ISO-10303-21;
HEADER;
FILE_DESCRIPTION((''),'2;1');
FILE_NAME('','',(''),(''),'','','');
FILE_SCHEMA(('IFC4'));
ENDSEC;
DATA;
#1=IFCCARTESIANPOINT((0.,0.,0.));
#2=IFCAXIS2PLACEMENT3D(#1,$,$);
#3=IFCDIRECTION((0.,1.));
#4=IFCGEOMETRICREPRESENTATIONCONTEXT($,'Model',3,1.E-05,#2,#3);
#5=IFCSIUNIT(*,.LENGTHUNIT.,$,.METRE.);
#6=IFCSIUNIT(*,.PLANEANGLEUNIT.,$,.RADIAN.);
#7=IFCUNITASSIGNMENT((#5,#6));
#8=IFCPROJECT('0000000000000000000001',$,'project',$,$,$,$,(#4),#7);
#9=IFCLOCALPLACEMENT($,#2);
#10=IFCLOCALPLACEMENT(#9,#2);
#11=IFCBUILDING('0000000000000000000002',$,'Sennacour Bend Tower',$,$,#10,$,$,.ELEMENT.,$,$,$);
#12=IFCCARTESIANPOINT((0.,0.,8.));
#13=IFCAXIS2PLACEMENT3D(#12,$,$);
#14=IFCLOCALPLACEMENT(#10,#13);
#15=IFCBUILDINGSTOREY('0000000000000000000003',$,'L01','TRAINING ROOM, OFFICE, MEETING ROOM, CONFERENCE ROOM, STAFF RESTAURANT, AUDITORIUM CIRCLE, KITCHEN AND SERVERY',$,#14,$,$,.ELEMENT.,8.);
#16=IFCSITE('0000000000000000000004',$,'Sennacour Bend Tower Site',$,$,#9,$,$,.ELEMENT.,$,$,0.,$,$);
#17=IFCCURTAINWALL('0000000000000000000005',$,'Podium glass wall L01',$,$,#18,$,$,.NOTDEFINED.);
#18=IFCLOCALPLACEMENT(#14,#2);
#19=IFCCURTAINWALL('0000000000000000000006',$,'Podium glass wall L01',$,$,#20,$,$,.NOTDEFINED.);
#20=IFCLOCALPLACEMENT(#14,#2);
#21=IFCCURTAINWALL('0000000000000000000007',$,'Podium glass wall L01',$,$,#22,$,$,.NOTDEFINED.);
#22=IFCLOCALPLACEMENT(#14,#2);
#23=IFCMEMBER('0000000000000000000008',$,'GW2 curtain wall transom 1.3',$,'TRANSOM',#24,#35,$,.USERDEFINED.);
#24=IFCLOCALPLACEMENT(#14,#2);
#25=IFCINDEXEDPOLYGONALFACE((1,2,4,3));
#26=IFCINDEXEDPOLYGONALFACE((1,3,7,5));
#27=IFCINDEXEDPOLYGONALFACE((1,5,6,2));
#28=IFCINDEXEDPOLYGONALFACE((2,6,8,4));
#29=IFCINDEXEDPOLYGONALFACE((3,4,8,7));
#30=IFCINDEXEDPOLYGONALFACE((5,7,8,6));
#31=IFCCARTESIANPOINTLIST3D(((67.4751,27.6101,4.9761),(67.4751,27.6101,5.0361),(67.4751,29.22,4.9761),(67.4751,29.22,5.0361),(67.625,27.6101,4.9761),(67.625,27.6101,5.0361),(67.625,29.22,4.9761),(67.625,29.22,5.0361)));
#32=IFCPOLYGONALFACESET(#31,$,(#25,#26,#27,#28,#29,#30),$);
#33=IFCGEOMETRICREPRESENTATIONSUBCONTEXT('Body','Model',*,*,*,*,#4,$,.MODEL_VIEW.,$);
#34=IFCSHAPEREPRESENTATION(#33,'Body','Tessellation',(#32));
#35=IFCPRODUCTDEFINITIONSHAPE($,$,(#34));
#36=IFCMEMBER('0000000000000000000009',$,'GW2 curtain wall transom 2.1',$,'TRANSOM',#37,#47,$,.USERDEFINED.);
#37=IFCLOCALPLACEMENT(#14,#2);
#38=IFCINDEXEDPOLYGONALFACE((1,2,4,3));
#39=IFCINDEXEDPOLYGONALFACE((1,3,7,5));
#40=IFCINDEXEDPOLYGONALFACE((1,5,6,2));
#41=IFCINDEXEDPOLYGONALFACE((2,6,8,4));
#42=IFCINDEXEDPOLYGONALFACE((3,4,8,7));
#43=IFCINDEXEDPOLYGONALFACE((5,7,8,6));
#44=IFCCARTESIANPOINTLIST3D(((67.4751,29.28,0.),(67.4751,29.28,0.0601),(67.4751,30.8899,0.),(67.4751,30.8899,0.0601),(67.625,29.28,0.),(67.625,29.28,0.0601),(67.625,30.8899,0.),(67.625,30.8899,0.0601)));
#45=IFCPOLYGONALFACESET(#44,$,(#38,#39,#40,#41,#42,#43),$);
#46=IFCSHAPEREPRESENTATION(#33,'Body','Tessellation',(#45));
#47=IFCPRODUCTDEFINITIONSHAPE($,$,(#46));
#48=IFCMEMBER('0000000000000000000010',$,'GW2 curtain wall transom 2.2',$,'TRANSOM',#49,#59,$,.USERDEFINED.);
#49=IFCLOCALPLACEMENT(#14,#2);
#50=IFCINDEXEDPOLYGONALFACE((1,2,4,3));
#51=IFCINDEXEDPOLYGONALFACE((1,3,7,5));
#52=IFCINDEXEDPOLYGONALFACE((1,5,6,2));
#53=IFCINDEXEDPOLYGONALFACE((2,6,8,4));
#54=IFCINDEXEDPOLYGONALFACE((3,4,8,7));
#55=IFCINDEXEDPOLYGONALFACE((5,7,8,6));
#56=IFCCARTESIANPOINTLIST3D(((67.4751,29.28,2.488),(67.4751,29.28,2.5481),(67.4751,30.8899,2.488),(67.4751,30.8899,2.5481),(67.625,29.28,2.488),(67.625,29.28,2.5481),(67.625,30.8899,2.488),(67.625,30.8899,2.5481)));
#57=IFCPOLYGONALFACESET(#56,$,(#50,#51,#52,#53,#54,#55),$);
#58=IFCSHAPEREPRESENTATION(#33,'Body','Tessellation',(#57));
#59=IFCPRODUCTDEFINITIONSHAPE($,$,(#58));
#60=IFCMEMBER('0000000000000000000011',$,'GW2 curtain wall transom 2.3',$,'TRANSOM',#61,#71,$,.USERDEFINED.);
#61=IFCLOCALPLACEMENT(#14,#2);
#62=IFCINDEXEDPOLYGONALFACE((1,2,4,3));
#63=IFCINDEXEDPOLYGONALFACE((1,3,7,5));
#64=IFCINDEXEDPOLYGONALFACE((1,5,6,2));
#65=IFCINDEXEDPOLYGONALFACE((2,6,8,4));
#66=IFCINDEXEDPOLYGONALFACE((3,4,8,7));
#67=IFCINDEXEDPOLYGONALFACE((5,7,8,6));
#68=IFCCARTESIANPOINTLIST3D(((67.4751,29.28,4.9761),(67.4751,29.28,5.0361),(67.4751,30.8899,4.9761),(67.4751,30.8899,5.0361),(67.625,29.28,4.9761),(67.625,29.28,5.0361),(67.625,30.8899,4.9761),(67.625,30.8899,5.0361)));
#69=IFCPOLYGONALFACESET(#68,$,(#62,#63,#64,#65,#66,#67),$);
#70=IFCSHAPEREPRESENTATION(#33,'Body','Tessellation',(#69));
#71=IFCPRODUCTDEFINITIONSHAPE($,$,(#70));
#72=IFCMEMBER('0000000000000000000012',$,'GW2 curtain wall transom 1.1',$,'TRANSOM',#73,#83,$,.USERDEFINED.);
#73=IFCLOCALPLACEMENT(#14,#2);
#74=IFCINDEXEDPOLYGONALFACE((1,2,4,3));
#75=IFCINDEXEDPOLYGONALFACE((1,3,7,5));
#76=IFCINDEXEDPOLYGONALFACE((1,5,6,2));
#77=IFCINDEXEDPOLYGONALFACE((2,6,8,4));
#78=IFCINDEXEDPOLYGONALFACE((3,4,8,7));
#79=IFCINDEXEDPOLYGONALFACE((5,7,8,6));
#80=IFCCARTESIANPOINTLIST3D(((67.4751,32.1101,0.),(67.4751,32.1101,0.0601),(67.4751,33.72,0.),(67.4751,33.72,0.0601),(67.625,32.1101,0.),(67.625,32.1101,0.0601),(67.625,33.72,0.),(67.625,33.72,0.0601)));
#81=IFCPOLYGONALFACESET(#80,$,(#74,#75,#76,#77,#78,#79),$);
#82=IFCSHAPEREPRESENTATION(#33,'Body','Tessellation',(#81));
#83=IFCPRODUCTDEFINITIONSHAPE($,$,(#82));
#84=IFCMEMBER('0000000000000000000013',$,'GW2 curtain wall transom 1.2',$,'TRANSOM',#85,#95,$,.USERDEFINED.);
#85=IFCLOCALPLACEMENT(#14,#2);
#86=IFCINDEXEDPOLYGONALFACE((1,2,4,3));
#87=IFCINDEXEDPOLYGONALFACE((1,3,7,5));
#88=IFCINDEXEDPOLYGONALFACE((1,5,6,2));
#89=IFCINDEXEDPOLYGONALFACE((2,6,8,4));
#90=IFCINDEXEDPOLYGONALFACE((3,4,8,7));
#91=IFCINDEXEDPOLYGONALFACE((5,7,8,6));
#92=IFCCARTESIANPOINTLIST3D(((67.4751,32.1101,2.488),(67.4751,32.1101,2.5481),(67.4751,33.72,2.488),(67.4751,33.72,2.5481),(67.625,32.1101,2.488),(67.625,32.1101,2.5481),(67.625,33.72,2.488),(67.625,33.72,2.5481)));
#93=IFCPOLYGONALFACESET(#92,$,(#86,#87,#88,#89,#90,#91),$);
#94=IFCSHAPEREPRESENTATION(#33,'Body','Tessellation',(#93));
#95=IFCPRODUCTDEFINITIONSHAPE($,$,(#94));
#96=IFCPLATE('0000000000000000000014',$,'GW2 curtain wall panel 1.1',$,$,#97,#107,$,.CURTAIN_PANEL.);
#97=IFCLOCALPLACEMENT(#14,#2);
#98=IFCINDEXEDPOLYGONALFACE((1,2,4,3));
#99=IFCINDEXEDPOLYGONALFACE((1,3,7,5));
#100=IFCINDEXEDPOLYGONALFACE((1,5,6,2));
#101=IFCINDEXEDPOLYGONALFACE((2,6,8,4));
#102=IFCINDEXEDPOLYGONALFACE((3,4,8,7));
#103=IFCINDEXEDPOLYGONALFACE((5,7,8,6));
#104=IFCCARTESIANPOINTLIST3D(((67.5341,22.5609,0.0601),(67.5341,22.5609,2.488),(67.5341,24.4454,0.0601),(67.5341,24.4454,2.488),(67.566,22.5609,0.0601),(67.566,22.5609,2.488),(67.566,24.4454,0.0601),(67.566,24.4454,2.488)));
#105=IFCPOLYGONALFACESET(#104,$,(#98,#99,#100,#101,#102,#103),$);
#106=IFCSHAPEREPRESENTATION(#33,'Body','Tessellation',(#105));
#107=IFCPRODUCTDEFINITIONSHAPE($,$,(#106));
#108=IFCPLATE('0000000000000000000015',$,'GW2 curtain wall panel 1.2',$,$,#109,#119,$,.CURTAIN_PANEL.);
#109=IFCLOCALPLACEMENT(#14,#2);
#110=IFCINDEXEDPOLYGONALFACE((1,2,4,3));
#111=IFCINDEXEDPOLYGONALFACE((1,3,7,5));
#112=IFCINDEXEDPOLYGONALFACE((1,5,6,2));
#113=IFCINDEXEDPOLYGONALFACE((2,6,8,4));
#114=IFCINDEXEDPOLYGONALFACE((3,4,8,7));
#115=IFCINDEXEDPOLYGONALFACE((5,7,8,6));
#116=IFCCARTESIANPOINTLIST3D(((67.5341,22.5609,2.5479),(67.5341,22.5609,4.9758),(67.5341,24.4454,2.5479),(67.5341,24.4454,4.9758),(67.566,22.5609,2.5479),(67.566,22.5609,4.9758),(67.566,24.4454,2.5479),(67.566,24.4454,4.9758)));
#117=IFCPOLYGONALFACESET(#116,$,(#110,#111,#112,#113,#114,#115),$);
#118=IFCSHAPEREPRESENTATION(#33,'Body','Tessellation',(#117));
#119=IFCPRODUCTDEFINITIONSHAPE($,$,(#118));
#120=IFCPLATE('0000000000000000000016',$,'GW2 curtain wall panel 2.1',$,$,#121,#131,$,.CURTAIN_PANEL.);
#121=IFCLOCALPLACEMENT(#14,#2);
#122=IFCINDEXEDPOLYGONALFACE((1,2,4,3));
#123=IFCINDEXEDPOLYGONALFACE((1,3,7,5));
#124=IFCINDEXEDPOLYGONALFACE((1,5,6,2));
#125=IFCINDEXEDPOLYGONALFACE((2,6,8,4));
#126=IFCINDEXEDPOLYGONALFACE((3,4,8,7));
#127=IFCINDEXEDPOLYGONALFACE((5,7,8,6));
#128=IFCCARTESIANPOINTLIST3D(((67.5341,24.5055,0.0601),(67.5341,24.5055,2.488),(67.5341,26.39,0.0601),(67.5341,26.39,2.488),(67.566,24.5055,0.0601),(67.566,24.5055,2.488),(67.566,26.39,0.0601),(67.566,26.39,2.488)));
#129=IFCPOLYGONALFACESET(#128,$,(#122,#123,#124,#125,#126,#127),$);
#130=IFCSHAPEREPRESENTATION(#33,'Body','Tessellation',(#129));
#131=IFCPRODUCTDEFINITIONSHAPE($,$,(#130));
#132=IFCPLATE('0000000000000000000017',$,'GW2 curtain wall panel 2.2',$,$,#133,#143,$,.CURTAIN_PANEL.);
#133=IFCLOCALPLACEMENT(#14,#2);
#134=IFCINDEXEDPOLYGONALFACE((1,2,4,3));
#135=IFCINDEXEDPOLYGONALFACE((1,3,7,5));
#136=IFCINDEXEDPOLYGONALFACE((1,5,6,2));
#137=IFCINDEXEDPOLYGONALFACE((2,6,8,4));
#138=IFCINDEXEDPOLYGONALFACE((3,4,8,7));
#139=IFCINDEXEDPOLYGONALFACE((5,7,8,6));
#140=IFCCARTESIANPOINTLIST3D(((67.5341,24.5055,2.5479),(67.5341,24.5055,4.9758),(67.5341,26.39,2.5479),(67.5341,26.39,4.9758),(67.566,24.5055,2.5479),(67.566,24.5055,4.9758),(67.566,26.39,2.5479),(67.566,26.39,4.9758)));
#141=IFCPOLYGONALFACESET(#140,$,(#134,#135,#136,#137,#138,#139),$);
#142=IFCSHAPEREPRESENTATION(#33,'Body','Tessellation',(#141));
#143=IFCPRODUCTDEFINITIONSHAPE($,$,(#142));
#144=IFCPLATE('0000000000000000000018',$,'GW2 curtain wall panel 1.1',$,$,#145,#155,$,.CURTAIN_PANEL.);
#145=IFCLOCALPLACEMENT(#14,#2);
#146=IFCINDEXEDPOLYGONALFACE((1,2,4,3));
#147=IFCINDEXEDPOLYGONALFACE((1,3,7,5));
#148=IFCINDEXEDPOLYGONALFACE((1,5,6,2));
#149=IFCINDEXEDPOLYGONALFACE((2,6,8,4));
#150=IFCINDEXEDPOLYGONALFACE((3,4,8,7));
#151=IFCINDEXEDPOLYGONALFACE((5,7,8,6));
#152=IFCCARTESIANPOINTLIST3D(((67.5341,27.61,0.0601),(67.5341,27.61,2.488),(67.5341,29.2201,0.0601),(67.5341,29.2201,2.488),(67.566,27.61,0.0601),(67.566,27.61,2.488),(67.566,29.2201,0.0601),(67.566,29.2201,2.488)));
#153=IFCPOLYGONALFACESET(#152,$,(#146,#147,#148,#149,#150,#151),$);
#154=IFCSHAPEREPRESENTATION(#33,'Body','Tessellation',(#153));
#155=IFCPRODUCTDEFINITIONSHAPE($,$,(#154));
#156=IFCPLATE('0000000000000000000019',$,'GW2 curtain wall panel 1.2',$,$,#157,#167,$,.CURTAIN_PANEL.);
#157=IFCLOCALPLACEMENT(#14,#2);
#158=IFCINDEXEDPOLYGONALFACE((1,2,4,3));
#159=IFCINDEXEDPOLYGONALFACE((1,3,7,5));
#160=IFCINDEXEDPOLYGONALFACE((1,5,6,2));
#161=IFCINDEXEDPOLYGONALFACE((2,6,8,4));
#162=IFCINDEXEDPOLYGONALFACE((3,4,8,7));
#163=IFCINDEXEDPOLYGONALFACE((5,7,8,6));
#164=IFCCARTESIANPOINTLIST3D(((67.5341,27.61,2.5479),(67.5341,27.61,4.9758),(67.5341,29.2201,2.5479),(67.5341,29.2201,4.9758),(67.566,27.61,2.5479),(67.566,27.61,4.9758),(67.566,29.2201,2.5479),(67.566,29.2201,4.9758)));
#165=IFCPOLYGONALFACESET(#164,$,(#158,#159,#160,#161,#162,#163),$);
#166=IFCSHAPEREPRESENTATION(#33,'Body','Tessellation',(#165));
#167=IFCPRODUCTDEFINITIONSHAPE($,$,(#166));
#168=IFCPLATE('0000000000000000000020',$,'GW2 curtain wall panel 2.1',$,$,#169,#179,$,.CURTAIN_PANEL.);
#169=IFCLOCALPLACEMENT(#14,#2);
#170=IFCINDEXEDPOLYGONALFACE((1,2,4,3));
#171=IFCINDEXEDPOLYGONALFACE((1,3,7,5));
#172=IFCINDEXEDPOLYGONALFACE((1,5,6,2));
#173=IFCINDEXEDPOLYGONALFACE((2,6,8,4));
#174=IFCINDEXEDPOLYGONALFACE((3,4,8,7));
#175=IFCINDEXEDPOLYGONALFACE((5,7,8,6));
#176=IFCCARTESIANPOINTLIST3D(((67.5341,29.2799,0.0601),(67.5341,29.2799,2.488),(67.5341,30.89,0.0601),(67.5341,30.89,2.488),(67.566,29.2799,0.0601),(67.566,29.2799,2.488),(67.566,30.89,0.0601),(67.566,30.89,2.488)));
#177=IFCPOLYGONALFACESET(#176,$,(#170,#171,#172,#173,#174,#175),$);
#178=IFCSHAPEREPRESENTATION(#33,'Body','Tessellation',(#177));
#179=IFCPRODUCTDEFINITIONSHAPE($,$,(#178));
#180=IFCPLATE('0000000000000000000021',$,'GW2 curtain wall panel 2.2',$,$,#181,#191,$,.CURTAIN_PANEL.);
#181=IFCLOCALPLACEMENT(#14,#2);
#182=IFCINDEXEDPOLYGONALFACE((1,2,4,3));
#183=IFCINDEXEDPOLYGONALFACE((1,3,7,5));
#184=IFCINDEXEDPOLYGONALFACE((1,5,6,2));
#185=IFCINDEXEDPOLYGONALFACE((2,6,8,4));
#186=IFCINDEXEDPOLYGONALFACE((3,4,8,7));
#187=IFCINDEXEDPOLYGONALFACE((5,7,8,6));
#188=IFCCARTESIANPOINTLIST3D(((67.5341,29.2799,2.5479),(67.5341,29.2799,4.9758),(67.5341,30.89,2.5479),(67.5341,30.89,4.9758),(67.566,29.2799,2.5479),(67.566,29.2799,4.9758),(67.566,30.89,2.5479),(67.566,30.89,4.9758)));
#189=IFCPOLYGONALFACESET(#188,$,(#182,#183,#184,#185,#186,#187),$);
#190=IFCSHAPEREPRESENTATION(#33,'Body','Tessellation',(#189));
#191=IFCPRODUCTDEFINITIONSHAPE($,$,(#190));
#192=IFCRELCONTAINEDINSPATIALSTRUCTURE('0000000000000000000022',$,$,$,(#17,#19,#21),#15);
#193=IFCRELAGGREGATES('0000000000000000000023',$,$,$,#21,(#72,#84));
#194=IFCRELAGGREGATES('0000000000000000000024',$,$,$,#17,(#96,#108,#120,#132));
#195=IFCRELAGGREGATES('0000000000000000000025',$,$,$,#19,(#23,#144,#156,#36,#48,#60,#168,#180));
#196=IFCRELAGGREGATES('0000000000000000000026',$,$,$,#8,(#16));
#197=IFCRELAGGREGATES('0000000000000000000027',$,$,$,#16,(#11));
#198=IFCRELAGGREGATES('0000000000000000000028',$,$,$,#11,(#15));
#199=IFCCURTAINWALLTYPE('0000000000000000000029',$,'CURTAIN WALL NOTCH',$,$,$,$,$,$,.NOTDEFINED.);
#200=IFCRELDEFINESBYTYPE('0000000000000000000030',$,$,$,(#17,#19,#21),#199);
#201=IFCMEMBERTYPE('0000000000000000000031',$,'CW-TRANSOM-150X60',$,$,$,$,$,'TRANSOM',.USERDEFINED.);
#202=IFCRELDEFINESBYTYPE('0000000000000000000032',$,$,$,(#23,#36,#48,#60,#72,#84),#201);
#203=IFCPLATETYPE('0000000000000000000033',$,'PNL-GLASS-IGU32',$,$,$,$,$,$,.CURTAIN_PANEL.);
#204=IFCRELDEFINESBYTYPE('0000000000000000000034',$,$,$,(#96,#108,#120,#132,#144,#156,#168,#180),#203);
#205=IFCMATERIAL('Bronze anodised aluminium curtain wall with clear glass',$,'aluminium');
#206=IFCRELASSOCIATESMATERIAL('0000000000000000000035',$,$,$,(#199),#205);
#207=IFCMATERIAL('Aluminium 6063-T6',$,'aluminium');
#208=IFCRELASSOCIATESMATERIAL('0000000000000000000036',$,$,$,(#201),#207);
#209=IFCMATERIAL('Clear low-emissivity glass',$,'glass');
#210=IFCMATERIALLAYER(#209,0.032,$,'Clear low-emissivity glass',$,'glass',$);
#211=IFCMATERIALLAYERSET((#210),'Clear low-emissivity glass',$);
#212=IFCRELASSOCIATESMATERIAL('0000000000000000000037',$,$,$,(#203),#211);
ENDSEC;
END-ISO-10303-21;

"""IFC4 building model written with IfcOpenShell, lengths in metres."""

from ifc_helpers import new_model, si_unit, direction, frame, origin, origin_2d, place, context, subcontext, project, spatial, rectangle, extrude, material, layer, layer_set, material_profile, profile_set, type_object, element, aggregate, save


model = new_model("IFC4")

# Units and contexts
model_context = context("Model", 3, precision=1e-05, world=origin(), true_north=direction((0.0, 1.0)))
body_context = subcontext(model_context, "Body", "Model", "MODEL_VIEW")
ifc_project = project(units=[si_unit("LENGTHUNIT", "METRE"), si_unit("PLANEANGLEUNIT", "RADIAN")], contexts=[model_context])

# Site, building, storey
site_placement = place(None, origin())
site = spatial("IfcSite", under=ifc_project, at=site_placement, Name="Sennacour Bend Tower Site", CompositionType="ELEMENT", RefElevation=0.0)
building_placement = place(site_placement, origin())
building = spatial("IfcBuilding", under=site, at=building_placement, Name="Sennacour Bend Tower", CompositionType="ELEMENT")
storey_placement = place(building_placement, frame((0.0, 0.0, 8.0)))
storey = spatial("IfcBuildingStorey", under=building, at=storey_placement, Name="L01", Description="TRAINING ROOM, OFFICE, MEETING ROOM, CONFERENCE ROOM, STAFF RESTAURANT, AUDITORIUM CIRCLE, KITCHEN AND SERVERY", CompositionType="ELEMENT", Elevation=8.0)

# Curtain walls
ifc_material_1 = material(Name="Bronze anodised aluminium curtain wall with clear glass", Category="aluminium")
curtain_wall_type = type_object("IfcCurtainWallType", Name="CURTAIN WALL NOTCH", PredefinedType="NOTDEFINED", material=ifc_material_1)
curtain_wall_1_placement = place(storey_placement, origin())
curtain_wall_1 = element("IfcCurtainWall", 1, at=curtain_wall_1_placement, inside=storey, type_object=curtain_wall_type, Name="Podium glass wall L01", PredefinedType="NOTDEFINED")
ifc_material_2 = material(Name="Aluminium 6063-T6", Category="aluminium")
curtain_wall_2_placement = place(storey_placement, origin())
curtain_wall_2 = element("IfcCurtainWall", 2, at=curtain_wall_2_placement, inside=storey, type_object=curtain_wall_type, Name="Podium glass wall L01", PredefinedType="NOTDEFINED")

# Curtain wall
curtain_wall_3_placement = place(storey_placement, origin())
curtain_wall_3 = element("IfcCurtainWall", 3, at=curtain_wall_3_placement, inside=storey, type_object=curtain_wall_type, Name="Podium glass wall L01", PredefinedType="NOTDEFINED")

# Members
ifc_material_profile_1 = material_profile(ifc_material_2, rectangle(XDim=0.1499, YDim=0.0601, at=origin_2d()), Name="Aluminium 6063-T6", Category="aluminium")
ifc_profile_set_1 = profile_set([ifc_material_profile_1], Name="Aluminium 6063-T6")
member_type_1 = type_object("IfcMemberType", Name="CW-TRANSOM-150X60", ElementType="TRANSOM", PredefinedType="USERDEFINED", material=ifc_profile_set_1)
member_1_placement = place(storey_placement, frame((67.55, 27.6101, 5.0061), z_axis=(0.0, 1.0, 0.0), x_axis=(-1.0, 0.0, 0.0)))
member_1 = element("IfcMember", 4, at=member_1_placement, type_object=member_type_1, Name="GW2 curtain wall transom 1.3", ObjectType="TRANSOM", PredefinedType="USERDEFINED", context=body_context, shape_type="SweptSolid", body=[
    extrude(rectangle(XDim=0.1499, YDim=0.0601, at=origin_2d()), origin(), (0.0, 0.0, 1.0), 1.6099),
])
member_2_placement = place(storey_placement, frame((67.55, 29.28, 0.03), z_axis=(0.0, 1.0, 0.0), x_axis=(-1.0, 0.0, 0.0)))
member_2 = element("IfcMember", 5, at=member_2_placement, type_object=member_type_1, Name="GW2 curtain wall transom 2.1", ObjectType="TRANSOM", PredefinedType="USERDEFINED", context=body_context, shape_type="SweptSolid", body=[
    extrude(rectangle(XDim=0.1499, YDim=0.0601, at=origin_2d()), origin(), (0.0, 0.0, 1.0), 1.6099),
])
member_3_placement = place(storey_placement, frame((67.55, 29.28, 2.5181), z_axis=(0.0, 1.0, 0.0), x_axis=(-1.0, 0.0, 0.0)))
member_3 = element("IfcMember", 6, at=member_3_placement, type_object=member_type_1, Name="GW2 curtain wall transom 2.2", ObjectType="TRANSOM", PredefinedType="USERDEFINED", context=body_context, shape_type="SweptSolid", body=[
    extrude(rectangle(XDim=0.1499, YDim=0.0601, at=origin_2d()), origin(), (0.0, 0.0, 1.0), 1.6099),
])
member_4_placement = place(storey_placement, frame((67.55, 29.28, 5.0061), z_axis=(0.0, 1.0, 0.0), x_axis=(-1.0, 0.0, 0.0)))
member_4 = element("IfcMember", 7, at=member_4_placement, type_object=member_type_1, Name="GW2 curtain wall transom 2.3", ObjectType="TRANSOM", PredefinedType="USERDEFINED", context=body_context, shape_type="SweptSolid", body=[
    extrude(rectangle(XDim=0.1499, YDim=0.0601, at=origin_2d()), origin(), (0.0, 0.0, 1.0), 1.6099),
])
member_5_placement = place(storey_placement, frame((67.55, 32.1101, 0.03), z_axis=(0.0, 1.0, 0.0), x_axis=(-1.0, 0.0, 0.0)))
member_5 = element("IfcMember", 8, at=member_5_placement, type_object=member_type_1, Name="GW2 curtain wall transom 1.1", ObjectType="TRANSOM", PredefinedType="USERDEFINED", context=body_context, shape_type="SweptSolid", body=[
    extrude(rectangle(XDim=0.1499, YDim=0.0601, at=origin_2d()), origin(), (0.0, 0.0, 1.0), 1.6099),
])
member_6_placement = place(storey_placement, frame((67.55, 32.1101, 2.5181), z_axis=(0.0, 1.0, 0.0), x_axis=(-1.0, 0.0, 0.0)))
member_6 = element("IfcMember", 9, at=member_6_placement, type_object=member_type_1, Name="GW2 curtain wall transom 1.2", ObjectType="TRANSOM", PredefinedType="USERDEFINED", context=body_context, shape_type="SweptSolid", body=[
    extrude(rectangle(XDim=0.1499, YDim=0.0601, at=origin_2d()), origin(), (0.0, 0.0, 1.0), 1.6099),
])
aggregate(curtain_wall_3, [member_5, member_6])

# Plates
ifc_material_3 = material(Name="Clear low-emissivity glass", Category="glass")
ifc_layer = layer(ifc_material_3, 0.032, Name="Clear low-emissivity glass", Category="glass")
ifc_layer_set = layer_set([ifc_layer], Name="Clear low-emissivity glass")
plate_type = type_object("IfcPlateType", Name="PNL-GLASS-IGU32", PredefinedType="CURTAIN_PANEL", material=ifc_layer_set)
plate_1_placement = place(storey_placement, frame((67.55, 23.5032, 0.0601), z_axis=(0.0, 0.0, 1.0), x_axis=(0.0, 1.0, 0.0)))
plate_1 = element("IfcPlate", 10, at=plate_1_placement, type_object=plate_type, Name="GW2 curtain wall panel 1.1", PredefinedType="CURTAIN_PANEL", context=body_context, shape_type="SweptSolid", body=[
    extrude(rectangle(XDim=1.8845, YDim=0.032, at=origin_2d()), origin(), (0.0, 0.0, 1.0), 2.428),
])
plate_2_placement = place(storey_placement, frame((67.55, 23.5032, 2.5479), z_axis=(0.0, 0.0, 1.0), x_axis=(0.0, 1.0, 0.0)))
plate_2 = element("IfcPlate", 11, at=plate_2_placement, type_object=plate_type, Name="GW2 curtain wall panel 1.2", PredefinedType="CURTAIN_PANEL", context=body_context, shape_type="SweptSolid", body=[
    extrude(rectangle(XDim=1.8845, YDim=0.032, at=origin_2d()), origin(), (0.0, 0.0, 1.0), 2.428),
])
plate_3_placement = place(storey_placement, frame((67.55, 25.4478, 0.0601), z_axis=(0.0, 0.0, 1.0), x_axis=(0.0, 1.0, 0.0)))
plate_3 = element("IfcPlate", 12, at=plate_3_placement, type_object=plate_type, Name="GW2 curtain wall panel 2.1", PredefinedType="CURTAIN_PANEL", context=body_context, shape_type="SweptSolid", body=[
    extrude(rectangle(XDim=1.8845, YDim=0.032, at=origin_2d()), origin(), (0.0, 0.0, 1.0), 2.428),
])
plate_4_placement = place(storey_placement, frame((67.55, 25.4478, 2.5479), z_axis=(0.0, 0.0, 1.0), x_axis=(0.0, 1.0, 0.0)))
plate_4 = element("IfcPlate", 13, at=plate_4_placement, type_object=plate_type, Name="GW2 curtain wall panel 2.2", PredefinedType="CURTAIN_PANEL", context=body_context, shape_type="SweptSolid", body=[
    extrude(rectangle(XDim=1.8845, YDim=0.032, at=origin_2d()), origin(), (0.0, 0.0, 1.0), 2.428),
])
aggregate(curtain_wall_1, [plate_1, plate_2, plate_3, plate_4])
plate_5_placement = place(storey_placement, frame((67.55, 28.415, 0.0601), z_axis=(0.0, 0.0, 1.0), x_axis=(0.0, 1.0, 0.0)))
plate_5 = element("IfcPlate", 14, at=plate_5_placement, type_object=plate_type, Name="GW2 curtain wall panel 1.1", PredefinedType="CURTAIN_PANEL", context=body_context, shape_type="SweptSolid", body=[
    extrude(rectangle(XDim=1.6101, YDim=0.032, at=origin_2d()), origin(), (0.0, 0.0, 1.0), 2.428),
])
plate_6_placement = place(storey_placement, frame((67.55, 28.415, 2.5479), z_axis=(0.0, 0.0, 1.0), x_axis=(0.0, 1.0, 0.0)))
plate_6 = element("IfcPlate", 15, at=plate_6_placement, type_object=plate_type, Name="GW2 curtain wall panel 1.2", PredefinedType="CURTAIN_PANEL", context=body_context, shape_type="SweptSolid", body=[
    extrude(rectangle(XDim=1.6101, YDim=0.032, at=origin_2d()), origin(), (0.0, 0.0, 1.0), 2.428),
])
plate_7_placement = place(storey_placement, frame((67.55, 30.085, 0.0601), z_axis=(0.0, 0.0, 1.0), x_axis=(0.0, 1.0, 0.0)))
plate_7 = element("IfcPlate", 16, at=plate_7_placement, type_object=plate_type, Name="GW2 curtain wall panel 2.1", PredefinedType="CURTAIN_PANEL", context=body_context, shape_type="SweptSolid", body=[
    extrude(rectangle(XDim=1.6101, YDim=0.032, at=origin_2d()), origin(), (0.0, 0.0, 1.0), 2.428),
])
plate_8_placement = place(storey_placement, frame((67.55, 30.085, 2.5479), z_axis=(0.0, 0.0, 1.0), x_axis=(0.0, 1.0, 0.0)))
plate_8 = element("IfcPlate", 17, at=plate_8_placement, type_object=plate_type, Name="GW2 curtain wall panel 2.2", PredefinedType="CURTAIN_PANEL", context=body_context, shape_type="SweptSolid", body=[
    extrude(rectangle(XDim=1.6101, YDim=0.032, at=origin_2d()), origin(), (0.0, 0.0, 1.0), 2.428),
])
aggregate(curtain_wall_2, [member_1, plate_5, plate_6, member_2, member_3, member_4, plate_7, plate_8])

save(model, "model.ifc")
